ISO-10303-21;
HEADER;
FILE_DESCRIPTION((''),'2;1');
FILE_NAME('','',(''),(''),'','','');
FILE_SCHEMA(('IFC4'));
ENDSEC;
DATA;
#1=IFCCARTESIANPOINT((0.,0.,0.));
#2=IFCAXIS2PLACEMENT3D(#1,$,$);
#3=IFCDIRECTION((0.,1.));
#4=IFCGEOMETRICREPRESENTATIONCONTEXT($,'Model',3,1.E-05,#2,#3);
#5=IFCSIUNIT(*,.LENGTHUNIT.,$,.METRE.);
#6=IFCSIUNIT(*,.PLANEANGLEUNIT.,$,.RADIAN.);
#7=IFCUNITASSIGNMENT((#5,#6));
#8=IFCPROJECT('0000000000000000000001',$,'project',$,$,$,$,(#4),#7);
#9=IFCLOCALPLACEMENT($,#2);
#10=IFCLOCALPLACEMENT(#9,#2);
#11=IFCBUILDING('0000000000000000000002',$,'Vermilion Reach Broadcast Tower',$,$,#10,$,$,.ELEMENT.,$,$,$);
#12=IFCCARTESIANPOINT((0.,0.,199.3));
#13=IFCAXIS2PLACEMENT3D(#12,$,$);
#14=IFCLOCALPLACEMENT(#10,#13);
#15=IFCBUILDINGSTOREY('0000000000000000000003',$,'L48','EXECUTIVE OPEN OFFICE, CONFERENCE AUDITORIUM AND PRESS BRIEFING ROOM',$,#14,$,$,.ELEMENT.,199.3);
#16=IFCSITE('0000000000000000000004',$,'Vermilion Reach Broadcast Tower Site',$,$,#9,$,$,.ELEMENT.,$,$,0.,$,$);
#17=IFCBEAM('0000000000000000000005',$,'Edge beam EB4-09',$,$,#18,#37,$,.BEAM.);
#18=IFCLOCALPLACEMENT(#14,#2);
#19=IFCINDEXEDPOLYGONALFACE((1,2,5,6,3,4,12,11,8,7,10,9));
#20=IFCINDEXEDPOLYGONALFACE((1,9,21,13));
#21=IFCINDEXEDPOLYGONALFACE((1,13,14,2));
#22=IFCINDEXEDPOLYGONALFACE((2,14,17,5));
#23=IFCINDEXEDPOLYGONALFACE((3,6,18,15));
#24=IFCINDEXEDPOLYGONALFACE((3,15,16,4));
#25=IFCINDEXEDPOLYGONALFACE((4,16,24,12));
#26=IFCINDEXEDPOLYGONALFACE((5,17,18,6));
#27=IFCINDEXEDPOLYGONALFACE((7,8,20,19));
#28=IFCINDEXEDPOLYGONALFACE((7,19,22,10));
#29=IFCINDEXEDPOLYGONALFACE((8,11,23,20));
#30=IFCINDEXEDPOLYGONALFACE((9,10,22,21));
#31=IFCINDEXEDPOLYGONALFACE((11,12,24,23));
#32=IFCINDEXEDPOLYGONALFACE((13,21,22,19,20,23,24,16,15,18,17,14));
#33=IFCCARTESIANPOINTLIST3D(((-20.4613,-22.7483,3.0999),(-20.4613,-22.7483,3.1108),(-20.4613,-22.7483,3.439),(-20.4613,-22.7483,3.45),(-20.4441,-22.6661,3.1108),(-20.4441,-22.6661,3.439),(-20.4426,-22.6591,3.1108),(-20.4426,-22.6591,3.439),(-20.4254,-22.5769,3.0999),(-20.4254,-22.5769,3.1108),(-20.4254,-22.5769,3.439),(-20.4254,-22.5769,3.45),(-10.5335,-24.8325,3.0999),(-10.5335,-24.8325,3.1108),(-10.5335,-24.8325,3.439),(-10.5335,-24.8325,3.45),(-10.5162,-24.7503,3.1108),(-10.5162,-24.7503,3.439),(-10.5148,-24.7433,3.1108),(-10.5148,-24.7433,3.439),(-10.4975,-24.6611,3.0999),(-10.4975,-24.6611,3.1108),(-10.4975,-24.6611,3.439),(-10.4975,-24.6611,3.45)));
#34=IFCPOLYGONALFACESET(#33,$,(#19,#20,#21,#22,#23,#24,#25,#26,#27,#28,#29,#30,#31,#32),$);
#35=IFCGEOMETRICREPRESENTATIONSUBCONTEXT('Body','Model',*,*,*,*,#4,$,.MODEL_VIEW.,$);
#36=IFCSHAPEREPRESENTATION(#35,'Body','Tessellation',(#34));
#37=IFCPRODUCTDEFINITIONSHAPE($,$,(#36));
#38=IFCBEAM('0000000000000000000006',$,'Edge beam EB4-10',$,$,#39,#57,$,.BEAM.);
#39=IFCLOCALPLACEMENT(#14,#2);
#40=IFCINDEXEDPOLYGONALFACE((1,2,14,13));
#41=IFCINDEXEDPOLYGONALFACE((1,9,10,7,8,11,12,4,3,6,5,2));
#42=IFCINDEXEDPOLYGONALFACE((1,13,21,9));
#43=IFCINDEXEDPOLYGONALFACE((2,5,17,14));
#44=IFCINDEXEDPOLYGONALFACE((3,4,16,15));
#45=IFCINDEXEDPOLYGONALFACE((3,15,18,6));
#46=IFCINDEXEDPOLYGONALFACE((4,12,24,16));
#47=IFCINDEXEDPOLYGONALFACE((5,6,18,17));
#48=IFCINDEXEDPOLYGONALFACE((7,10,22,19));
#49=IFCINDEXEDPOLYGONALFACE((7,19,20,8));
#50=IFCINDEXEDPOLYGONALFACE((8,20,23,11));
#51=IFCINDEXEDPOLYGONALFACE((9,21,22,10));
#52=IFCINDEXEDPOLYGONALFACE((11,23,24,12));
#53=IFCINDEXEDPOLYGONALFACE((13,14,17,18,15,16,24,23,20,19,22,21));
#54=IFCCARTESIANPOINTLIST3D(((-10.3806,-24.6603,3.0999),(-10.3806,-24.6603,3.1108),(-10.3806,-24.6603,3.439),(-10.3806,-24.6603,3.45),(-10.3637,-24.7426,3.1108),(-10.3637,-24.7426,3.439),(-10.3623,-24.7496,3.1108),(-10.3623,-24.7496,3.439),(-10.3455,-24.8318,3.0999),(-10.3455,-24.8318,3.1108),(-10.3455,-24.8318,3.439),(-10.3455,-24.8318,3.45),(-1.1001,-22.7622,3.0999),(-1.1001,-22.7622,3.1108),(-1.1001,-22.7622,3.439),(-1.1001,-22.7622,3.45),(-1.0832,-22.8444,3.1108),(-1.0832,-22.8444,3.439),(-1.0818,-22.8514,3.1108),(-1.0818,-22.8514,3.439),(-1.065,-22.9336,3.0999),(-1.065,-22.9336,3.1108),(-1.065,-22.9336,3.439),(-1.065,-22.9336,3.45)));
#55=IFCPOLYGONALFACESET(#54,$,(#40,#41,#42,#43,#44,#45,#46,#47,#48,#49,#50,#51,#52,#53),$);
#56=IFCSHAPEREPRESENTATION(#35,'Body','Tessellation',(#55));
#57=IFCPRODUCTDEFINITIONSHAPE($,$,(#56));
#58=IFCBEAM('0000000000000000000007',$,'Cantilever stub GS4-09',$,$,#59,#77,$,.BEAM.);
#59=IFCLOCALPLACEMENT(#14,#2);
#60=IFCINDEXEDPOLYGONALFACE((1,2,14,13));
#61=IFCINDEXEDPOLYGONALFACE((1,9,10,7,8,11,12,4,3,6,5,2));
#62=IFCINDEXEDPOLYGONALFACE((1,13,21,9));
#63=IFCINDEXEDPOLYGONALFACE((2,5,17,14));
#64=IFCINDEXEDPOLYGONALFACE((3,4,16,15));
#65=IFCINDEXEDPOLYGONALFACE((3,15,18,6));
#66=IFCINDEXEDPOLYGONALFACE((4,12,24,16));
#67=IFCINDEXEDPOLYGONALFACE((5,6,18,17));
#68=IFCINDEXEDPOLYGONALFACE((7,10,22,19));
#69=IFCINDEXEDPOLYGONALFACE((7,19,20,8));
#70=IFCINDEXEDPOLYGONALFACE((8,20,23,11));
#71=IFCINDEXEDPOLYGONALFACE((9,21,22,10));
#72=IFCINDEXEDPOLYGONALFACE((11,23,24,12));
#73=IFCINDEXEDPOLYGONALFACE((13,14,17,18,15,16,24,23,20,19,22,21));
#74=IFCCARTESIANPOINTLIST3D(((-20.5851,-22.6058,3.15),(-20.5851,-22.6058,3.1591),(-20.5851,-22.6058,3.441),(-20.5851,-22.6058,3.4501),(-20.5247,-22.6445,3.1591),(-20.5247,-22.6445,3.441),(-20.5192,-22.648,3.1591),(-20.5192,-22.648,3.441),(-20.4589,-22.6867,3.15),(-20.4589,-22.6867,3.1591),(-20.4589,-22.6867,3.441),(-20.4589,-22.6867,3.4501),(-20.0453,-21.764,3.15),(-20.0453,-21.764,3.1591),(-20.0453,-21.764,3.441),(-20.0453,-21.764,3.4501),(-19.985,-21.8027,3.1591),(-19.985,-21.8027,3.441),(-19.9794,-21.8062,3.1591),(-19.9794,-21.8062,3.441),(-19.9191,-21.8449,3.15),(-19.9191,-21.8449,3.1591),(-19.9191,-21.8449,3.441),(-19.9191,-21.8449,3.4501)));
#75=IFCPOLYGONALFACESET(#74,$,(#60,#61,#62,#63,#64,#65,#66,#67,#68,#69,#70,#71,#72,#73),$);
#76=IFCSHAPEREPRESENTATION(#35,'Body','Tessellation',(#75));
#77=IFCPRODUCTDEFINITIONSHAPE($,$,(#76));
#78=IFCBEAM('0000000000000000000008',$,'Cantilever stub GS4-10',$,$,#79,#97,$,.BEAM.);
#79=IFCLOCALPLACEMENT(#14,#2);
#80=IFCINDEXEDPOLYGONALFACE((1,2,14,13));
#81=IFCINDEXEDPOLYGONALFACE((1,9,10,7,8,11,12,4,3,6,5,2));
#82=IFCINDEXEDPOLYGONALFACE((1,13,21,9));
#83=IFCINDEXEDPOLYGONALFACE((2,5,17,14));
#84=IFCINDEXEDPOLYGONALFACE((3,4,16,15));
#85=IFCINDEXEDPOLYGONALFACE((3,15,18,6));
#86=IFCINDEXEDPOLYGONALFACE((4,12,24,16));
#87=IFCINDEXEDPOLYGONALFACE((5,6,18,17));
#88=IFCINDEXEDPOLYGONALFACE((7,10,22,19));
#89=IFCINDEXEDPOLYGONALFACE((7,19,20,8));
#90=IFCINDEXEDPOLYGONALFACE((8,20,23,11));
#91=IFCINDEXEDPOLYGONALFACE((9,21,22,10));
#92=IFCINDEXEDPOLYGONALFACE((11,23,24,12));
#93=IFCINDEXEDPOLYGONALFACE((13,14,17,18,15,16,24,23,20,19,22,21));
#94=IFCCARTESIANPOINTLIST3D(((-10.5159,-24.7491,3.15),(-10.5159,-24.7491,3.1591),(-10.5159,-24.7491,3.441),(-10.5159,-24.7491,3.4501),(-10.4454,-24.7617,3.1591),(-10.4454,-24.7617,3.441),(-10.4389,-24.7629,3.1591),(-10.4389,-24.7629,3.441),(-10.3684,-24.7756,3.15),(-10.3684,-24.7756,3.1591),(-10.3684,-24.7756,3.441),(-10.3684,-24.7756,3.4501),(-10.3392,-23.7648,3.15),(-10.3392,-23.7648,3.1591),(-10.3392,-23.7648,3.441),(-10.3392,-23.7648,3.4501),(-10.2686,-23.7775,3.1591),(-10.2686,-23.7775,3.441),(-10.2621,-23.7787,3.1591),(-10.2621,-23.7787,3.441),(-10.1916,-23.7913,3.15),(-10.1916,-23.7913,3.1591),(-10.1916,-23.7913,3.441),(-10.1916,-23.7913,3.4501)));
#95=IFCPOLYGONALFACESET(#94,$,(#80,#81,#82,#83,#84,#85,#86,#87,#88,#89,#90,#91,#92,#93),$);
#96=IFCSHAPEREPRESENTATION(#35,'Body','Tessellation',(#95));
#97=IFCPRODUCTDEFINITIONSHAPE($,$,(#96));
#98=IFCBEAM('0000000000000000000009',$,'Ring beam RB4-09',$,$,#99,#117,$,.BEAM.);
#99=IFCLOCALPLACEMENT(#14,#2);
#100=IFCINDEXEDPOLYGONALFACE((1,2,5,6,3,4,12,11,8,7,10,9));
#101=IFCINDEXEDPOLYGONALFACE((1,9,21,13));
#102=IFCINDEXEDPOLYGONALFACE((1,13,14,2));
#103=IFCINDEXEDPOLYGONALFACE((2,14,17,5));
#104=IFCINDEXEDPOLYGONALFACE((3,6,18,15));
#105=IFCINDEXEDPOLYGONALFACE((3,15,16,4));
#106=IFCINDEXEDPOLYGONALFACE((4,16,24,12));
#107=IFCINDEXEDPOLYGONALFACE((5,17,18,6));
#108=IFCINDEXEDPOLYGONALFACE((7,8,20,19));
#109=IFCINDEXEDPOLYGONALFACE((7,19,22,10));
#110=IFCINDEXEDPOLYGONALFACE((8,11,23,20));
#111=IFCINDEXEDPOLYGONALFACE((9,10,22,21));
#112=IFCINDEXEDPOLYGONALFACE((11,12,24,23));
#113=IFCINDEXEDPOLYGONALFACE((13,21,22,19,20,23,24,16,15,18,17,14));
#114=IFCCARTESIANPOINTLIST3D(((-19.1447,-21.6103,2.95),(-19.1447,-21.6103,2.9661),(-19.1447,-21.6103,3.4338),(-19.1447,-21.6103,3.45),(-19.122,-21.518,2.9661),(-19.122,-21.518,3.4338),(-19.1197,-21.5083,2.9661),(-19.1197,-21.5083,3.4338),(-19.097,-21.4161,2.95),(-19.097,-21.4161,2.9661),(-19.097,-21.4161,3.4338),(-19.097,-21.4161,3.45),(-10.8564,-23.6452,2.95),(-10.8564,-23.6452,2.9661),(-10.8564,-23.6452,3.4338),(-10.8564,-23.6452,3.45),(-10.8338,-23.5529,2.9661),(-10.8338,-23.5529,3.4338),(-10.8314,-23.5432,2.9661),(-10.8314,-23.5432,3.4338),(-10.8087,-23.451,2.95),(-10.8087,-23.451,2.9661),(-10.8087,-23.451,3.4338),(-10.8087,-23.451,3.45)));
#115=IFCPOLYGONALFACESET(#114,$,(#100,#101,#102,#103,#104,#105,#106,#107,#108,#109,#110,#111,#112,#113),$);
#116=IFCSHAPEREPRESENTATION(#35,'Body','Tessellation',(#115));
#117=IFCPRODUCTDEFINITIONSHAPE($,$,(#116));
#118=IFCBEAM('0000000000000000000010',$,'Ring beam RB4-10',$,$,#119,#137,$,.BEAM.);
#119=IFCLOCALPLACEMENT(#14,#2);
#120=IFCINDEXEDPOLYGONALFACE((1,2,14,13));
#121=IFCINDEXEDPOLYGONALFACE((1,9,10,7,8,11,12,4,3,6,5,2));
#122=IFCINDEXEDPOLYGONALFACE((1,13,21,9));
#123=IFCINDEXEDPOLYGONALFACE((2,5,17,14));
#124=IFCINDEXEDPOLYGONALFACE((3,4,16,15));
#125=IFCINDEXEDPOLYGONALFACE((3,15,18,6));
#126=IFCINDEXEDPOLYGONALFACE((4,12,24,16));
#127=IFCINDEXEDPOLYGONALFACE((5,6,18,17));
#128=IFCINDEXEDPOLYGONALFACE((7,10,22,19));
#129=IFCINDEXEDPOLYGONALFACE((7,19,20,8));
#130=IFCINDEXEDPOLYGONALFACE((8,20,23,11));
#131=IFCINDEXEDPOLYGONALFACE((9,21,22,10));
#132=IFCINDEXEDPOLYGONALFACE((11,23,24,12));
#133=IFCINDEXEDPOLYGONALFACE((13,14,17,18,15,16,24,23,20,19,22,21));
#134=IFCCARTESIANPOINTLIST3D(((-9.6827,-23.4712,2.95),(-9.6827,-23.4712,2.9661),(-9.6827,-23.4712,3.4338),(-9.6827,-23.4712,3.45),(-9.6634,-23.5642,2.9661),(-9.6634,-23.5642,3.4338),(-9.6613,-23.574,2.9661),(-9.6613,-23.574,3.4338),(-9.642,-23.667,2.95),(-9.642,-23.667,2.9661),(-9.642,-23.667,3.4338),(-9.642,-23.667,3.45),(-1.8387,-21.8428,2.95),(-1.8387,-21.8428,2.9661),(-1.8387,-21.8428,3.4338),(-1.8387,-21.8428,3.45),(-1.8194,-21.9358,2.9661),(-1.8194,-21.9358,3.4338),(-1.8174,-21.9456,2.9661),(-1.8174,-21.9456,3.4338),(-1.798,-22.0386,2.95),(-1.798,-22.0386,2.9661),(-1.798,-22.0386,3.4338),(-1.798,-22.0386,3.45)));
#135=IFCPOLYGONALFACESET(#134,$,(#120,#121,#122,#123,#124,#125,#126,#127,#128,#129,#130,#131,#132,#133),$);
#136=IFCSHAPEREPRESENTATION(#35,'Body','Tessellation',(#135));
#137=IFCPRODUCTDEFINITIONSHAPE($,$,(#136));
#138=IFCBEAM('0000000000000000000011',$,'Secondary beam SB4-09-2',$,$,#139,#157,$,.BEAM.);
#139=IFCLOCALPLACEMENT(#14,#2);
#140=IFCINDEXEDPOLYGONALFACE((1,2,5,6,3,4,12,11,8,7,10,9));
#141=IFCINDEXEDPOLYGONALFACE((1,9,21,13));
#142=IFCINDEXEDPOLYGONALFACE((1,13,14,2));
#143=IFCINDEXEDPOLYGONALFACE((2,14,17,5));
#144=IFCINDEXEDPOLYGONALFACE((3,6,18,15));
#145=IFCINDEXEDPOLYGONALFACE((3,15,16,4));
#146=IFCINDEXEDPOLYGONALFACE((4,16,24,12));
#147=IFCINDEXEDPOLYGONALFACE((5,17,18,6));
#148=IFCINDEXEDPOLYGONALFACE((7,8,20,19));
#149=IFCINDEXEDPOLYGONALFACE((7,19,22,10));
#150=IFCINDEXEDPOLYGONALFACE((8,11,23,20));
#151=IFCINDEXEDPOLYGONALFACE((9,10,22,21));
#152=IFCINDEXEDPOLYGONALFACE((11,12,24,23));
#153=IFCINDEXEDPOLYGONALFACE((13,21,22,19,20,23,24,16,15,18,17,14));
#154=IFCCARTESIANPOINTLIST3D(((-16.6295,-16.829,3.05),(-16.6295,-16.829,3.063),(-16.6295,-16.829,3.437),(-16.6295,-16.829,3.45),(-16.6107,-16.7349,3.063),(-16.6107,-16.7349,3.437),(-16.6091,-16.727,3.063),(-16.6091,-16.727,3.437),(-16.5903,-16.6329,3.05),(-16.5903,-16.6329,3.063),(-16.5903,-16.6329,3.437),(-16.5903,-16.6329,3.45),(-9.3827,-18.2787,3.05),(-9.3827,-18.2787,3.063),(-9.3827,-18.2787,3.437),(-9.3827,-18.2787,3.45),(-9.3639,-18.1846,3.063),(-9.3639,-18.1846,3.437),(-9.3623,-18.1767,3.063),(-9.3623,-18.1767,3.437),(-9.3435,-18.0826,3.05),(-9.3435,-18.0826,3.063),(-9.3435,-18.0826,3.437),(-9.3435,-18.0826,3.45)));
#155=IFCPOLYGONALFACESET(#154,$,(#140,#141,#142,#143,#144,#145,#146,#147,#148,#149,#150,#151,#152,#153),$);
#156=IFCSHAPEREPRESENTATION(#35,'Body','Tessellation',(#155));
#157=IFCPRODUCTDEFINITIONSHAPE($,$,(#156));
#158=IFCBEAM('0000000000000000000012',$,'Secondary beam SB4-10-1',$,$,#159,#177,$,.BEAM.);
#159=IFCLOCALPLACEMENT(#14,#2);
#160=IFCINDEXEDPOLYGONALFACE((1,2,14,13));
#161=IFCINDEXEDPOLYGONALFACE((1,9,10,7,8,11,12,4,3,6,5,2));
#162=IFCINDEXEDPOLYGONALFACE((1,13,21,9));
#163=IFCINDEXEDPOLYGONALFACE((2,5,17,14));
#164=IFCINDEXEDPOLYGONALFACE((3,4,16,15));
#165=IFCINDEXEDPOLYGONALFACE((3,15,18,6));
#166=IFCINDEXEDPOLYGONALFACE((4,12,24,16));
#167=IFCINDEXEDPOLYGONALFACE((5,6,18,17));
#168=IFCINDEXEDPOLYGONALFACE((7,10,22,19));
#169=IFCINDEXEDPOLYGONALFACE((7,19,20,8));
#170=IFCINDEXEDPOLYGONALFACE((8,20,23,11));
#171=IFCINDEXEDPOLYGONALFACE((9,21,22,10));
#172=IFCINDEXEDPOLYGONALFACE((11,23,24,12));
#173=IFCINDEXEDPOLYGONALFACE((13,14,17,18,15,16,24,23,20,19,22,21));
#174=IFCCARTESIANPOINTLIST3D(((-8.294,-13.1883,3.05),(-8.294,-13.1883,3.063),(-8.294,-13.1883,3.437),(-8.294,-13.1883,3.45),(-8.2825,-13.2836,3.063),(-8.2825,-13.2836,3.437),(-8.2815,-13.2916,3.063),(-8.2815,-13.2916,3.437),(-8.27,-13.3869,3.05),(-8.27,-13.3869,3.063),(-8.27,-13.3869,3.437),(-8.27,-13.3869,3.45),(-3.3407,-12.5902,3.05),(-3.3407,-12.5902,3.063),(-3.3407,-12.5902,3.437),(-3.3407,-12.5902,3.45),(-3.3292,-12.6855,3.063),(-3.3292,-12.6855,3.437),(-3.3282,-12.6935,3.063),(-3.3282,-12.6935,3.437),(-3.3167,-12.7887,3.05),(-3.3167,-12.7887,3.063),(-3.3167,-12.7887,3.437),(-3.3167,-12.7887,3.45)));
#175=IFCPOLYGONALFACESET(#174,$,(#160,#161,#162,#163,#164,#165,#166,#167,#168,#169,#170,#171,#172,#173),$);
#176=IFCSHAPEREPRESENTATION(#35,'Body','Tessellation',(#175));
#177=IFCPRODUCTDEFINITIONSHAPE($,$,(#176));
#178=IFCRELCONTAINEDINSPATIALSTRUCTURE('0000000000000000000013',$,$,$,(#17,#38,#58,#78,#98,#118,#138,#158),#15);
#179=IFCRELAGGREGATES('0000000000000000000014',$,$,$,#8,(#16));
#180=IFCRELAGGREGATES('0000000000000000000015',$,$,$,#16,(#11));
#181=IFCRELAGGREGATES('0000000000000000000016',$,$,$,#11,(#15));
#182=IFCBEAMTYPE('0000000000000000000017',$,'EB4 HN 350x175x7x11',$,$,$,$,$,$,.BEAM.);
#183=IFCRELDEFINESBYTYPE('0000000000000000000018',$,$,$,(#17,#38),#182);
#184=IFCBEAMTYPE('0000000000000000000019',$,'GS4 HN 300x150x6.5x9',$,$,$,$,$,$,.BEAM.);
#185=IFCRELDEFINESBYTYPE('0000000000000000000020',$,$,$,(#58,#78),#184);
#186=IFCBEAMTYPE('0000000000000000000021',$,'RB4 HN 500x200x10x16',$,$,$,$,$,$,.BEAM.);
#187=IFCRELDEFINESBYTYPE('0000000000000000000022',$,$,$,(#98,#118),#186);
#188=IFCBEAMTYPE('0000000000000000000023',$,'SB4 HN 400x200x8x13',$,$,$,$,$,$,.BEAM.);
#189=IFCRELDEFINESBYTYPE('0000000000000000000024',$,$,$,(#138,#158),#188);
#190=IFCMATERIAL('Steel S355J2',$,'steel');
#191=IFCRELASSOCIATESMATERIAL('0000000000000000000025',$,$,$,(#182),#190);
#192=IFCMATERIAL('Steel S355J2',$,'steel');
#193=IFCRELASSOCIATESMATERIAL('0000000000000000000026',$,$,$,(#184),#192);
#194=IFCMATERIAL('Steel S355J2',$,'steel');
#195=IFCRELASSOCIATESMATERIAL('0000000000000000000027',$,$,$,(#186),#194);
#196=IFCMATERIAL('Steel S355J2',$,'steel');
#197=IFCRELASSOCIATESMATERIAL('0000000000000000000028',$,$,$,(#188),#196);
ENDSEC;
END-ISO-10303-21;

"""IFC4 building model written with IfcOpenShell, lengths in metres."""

from ifc_helpers import new_model, si_unit, direction, frame, origin, origin_2d, place, context, subcontext, project, spatial, i_section, extrude, material, material_profile, profile_set, type_object, element, save


model = new_model("IFC4")

# Units and contexts
model_context = context("Model", 3, precision=1e-05, world=origin(), true_north=direction((0.0, 1.0)))
body_context = subcontext(model_context, "Body", "Model", "MODEL_VIEW")
ifc_project = project(units=[si_unit("LENGTHUNIT", "METRE"), si_unit("PLANEANGLEUNIT", "RADIAN")], contexts=[model_context])

# Site, building, storey
site_placement = place(None, origin())
site = spatial("IfcSite", under=ifc_project, at=site_placement, Name="Vermilion Reach Broadcast Tower Site", CompositionType="ELEMENT", RefElevation=0.0)
building_placement = place(site_placement, origin())
building = spatial("IfcBuilding", under=site, at=building_placement, Name="Vermilion Reach Broadcast Tower", CompositionType="ELEMENT")
storey_placement = place(building_placement, frame((0.0, 0.0, 199.3)))
storey = spatial("IfcBuildingStorey", under=building, at=storey_placement, Name="L48", Description="EXECUTIVE OPEN OFFICE, CONFERENCE AUDITORIUM AND PRESS BRIEFING ROOM", CompositionType="ELEMENT", Elevation=199.3)

# Beams
ifc_material_1 = material(Name="Steel S355J2", Category="steel")
ifc_material_profile_1 = material_profile(ifc_material_1, i_section(OverallWidth=0.175, OverallDepth=0.3501, WebThickness=0.0071, FlangeThickness=0.011, at=origin_2d()), Name="S355J2 HN 350x175x7x11")
ifc_profile_set_1 = profile_set([ifc_material_profile_1], Name="Steel S355J2")
beam_type_1 = type_object("IfcBeamType", Name="EB4 HN 350x175x7x11", PredefinedType="BEAM", material=ifc_profile_set_1)
beam_1_placement = place(storey_placement, frame((-20.4434, -22.6626, 3.2749), z_axis=(0.978666, -0.205456, 0.0), x_axis=(0.205456, 0.978666, 0.0)))
element("IfcBeam", 1, at=beam_1_placement, inside=storey, type_object=beam_type_1, Name="Edge beam EB4-09", PredefinedType="BEAM", context=body_context, shape_type="SweptSolid", body=[
    extrude(i_section(OverallWidth=0.175, OverallDepth=0.3501, WebThickness=0.0071, FlangeThickness=0.011, at=origin_2d()), origin(), (0.0, 0.0, 1.0), 10.1443),
])
beam_2_placement = place(storey_placement, frame((-10.363, -24.7461, 3.2749), z_axis=(0.979717, 0.200387, 0.0), x_axis=(-0.200387, 0.979717, 0.0)))
element("IfcBeam", 2, at=beam_2_placement, inside=storey, type_object=beam_type_1, Name="Edge beam EB4-10", PredefinedType="BEAM", context=body_context, shape_type="SweptSolid", body=[
    extrude(i_section(OverallWidth=0.175, OverallDepth=0.3501, WebThickness=0.0071, FlangeThickness=0.011, at=origin_2d()), origin(), (0.0, 0.0, 1.0), 9.4727),
])
ifc_material_2 = material(Name="Steel S355J2", Category="steel")
ifc_material_profile_2 = material_profile(ifc_material_2, i_section(OverallWidth=0.1499, OverallDepth=0.3, WebThickness=0.0066, FlangeThickness=0.009, at=origin_2d()), Name="S355J2 HN 300x150x6.5x9")
ifc_profile_set_2 = profile_set([ifc_material_profile_2], Name="Steel S355J2")
beam_type_2 = type_object("IfcBeamType", Name="GS4 HN 300x150x6.5x9", PredefinedType="BEAM", material=ifc_profile_set_2)
for number, where, z_axis, x_axis, name in (
    (3, (-19.9822, -21.8044, 3.3), (-0.539795, -0.841797, 0.0), (0.841797, -0.539795, 0.0), "Cantilever stub GS4-09"),
    (4, (-10.2654, -23.7781, 3.3), (-0.176779, -0.984251, 0.0), (0.984251, -0.176779, 0.0), "Cantilever stub GS4-10"),
):
    element("IfcBeam", number, at=place(storey_placement, frame(where, z_axis=z_axis, x_axis=x_axis)), inside=storey, type_object=beam_type_2, Name=name, PredefinedType="BEAM", context=body_context, shape_type="SweptSolid", body=[
        extrude(i_section(OverallWidth=0.1499, OverallDepth=0.3, WebThickness=0.0066, FlangeThickness=0.009, at=origin_2d()), origin(), (0.0, 0.0, 1.0), 1.0),
    ])
ifc_material_3 = material(Name="Steel S355J2", Category="steel")
ifc_material_profile_3 = material_profile(ifc_material_3, i_section(OverallWidth=0.2, OverallDepth=0.5, WebThickness=0.01, FlangeThickness=0.0161, at=origin_2d()), Name="S355J2 HN 500x200x10x16")
ifc_profile_set_3 = profile_set([ifc_material_profile_3], Name="Steel S355J2")
beam_type_3 = type_object("IfcBeamType", Name="RB4 HN 500x200x10x16", PredefinedType="BEAM", material=ifc_profile_set_3)
beam_3_placement = place(storey_placement, frame((-19.1208, -21.5132, 3.2), z_axis=(0.971159, -0.238434, 0.0), x_axis=(0.238434, 0.971159, 0.0)))
element("IfcBeam", 5, at=beam_3_placement, inside=storey, type_object=beam_type_3, Name="Ring beam RB4-09", PredefinedType="BEAM", context=body_context, shape_type="SweptSolid", body=[
    extrude(i_section(OverallWidth=0.2, OverallDepth=0.5, WebThickness=0.01, FlangeThickness=0.0161, at=origin_2d()), origin(), (0.0, 0.0, 1.0), 8.5344),
])
beam_4_placement = place(storey_placement, frame((-9.6624, -23.5691, 3.2), z_axis=(0.979123, 0.203267, 0.0), x_axis=(-0.203267, 0.979123, 0.0)))
element("IfcBeam", 6, at=beam_4_placement, inside=storey, type_object=beam_type_3, Name="Ring beam RB4-10", PredefinedType="BEAM", context=body_context, shape_type="SweptSolid", body=[
    extrude(i_section(OverallWidth=0.2, OverallDepth=0.5, WebThickness=0.01, FlangeThickness=0.0161, at=origin_2d()), origin(), (0.0, 0.0, 1.0), 8.0112),
])
ifc_material_4 = material(Name="Steel S355J2", Category="steel")
ifc_material_profile_4 = material_profile(ifc_material_4, i_section(OverallWidth=0.2, OverallDepth=0.3999, WebThickness=0.0081, FlangeThickness=0.0129, at=origin_2d()), Name="S355J2 HN 400x200x8x13")
ifc_profile_set_4 = profile_set([ifc_material_profile_4], Name="Steel S355J2")
beam_type_4 = type_object("IfcBeamType", Name="SB4 HN 400x200x8x13", PredefinedType="BEAM", material=ifc_profile_set_4)
beam_5_placement = place(storey_placement, frame((-16.6099, -16.731, 3.25), z_axis=(0.980572, -0.196161, 0.0), x_axis=(0.196161, 0.980572, 0.0)))
element("IfcBeam", 7, at=beam_5_placement, inside=storey, type_object=beam_type_4, Name="Secondary beam SB4-09-2", PredefinedType="BEAM", context=body_context, shape_type="SweptSolid", body=[
    extrude(i_section(OverallWidth=0.2, OverallDepth=0.3999, WebThickness=0.0081, FlangeThickness=0.0129, at=origin_2d()), origin(), (0.0, 0.0, 1.0), 7.3904),
])
beam_6_placement = place(storey_placement, frame((-8.282, -13.2876, 3.25), z_axis=(0.992788, 0.119884, 0.0), x_axis=(-0.119884, 0.992788, 0.0)))
element("IfcBeam", 8, at=beam_6_placement, inside=storey, type_object=beam_type_4, Name="Secondary beam SB4-10-1", PredefinedType="BEAM", context=body_context, shape_type="SweptSolid", body=[
    extrude(i_section(OverallWidth=0.2, OverallDepth=0.3999, WebThickness=0.0081, FlangeThickness=0.0129, at=origin_2d()), origin(), (0.0, 0.0, 1.0), 4.9893),
])

save(model, "model.ifc")
